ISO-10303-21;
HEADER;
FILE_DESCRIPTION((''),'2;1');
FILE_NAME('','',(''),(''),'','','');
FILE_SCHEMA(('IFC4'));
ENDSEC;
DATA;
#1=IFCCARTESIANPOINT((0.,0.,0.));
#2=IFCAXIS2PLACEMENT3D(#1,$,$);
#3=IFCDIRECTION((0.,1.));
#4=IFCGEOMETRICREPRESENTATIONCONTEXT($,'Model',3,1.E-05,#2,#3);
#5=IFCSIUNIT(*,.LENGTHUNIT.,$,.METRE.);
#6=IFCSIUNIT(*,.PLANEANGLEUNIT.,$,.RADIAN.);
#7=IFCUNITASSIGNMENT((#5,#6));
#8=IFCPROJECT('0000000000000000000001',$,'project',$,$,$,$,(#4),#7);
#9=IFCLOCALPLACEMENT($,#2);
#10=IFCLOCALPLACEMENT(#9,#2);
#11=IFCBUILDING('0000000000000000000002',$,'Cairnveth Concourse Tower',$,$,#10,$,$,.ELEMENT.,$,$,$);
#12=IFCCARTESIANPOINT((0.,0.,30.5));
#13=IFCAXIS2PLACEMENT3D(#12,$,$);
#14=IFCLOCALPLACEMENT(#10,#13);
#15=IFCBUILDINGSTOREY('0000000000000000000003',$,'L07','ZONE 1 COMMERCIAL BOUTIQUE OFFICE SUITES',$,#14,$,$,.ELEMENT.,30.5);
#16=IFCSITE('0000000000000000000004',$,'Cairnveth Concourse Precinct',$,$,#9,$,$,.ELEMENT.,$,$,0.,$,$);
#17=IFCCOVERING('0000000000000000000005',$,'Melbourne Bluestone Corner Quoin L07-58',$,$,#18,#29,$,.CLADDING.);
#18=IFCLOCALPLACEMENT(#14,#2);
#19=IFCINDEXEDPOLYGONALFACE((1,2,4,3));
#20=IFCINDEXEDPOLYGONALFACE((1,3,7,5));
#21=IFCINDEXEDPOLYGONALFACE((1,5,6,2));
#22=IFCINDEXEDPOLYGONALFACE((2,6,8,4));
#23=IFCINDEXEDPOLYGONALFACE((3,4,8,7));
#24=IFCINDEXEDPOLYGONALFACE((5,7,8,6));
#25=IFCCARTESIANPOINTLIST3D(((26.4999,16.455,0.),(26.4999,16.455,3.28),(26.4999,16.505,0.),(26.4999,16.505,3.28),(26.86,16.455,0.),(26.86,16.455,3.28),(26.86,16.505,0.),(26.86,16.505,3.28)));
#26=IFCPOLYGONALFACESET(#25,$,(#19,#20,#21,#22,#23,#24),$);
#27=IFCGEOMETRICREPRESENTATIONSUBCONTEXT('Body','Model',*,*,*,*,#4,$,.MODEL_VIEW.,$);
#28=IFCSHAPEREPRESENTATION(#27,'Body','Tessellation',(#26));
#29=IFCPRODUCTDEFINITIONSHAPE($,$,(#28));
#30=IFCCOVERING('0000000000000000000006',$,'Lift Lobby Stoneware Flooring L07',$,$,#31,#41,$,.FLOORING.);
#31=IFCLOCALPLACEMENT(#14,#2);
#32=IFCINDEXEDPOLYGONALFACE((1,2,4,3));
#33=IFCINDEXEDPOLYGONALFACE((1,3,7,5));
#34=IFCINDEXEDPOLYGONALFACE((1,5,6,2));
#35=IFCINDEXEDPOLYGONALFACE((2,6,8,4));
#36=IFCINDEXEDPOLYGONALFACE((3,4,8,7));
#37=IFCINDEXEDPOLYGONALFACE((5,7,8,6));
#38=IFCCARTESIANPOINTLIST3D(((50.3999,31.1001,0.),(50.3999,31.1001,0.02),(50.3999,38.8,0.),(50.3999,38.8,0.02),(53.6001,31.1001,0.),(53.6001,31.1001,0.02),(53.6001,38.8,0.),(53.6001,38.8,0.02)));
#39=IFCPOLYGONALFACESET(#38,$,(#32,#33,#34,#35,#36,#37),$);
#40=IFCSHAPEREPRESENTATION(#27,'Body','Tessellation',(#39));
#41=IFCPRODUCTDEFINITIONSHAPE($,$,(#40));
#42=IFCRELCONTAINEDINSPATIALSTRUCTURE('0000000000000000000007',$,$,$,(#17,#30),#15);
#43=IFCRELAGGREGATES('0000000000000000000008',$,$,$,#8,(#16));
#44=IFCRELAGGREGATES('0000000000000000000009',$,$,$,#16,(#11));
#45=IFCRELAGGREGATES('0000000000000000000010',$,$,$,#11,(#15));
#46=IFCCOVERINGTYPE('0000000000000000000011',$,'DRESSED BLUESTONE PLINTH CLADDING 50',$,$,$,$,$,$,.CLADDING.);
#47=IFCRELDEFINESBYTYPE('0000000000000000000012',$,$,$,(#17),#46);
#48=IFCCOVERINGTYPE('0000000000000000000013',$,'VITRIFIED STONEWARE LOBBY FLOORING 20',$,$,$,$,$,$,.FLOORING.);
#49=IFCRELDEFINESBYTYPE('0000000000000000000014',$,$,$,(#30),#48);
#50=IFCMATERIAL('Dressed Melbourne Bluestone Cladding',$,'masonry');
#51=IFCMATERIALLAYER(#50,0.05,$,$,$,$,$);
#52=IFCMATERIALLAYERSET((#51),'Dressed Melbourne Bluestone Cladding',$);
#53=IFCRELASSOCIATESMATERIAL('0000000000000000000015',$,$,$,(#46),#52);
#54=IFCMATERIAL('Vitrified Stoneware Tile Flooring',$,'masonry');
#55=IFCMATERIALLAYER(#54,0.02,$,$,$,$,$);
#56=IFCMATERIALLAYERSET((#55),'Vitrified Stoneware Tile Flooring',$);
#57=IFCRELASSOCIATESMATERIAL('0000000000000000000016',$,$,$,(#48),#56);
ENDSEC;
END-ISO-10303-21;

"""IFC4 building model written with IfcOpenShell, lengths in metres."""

from ifc_helpers import new_model, si_unit, direction, frame, frame_2d, origin, place, context, subcontext, project, spatial, polyline, rectangle, outline, extrude, material, layer, layer_set, type_object, element, save


model = new_model("IFC4")

# Units and contexts
model_context = context("Model", 3, precision=1e-05, world=origin(), true_north=direction((0.0, 1.0)))
body_context = subcontext(model_context, "Body", "Model", "MODEL_VIEW")
ifc_project = project(units=[si_unit("LENGTHUNIT", "METRE"), si_unit("PLANEANGLEUNIT", "RADIAN")], contexts=[model_context])

# Site, building, storey
site_placement = place(None, origin())
site = spatial("IfcSite", under=ifc_project, at=site_placement, Name="Cairnveth Concourse Precinct", CompositionType="ELEMENT", RefElevation=0.0)
building_placement = place(site_placement, origin())
building = spatial("IfcBuilding", under=site, at=building_placement, Name="Cairnveth Concourse Tower", CompositionType="ELEMENT")
storey_placement = place(building_placement, frame((0.0, 0.0, 30.5)))
storey = spatial("IfcBuildingStorey", under=building, at=storey_placement, Name="L07", Description="ZONE 1 COMMERCIAL BOUTIQUE OFFICE SUITES", CompositionType="ELEMENT", Elevation=30.5)

# Coverings
ifc_material_1 = material(Name="Dressed Melbourne Bluestone Cladding", Category="masonry")
ifc_layer_1 = layer(ifc_material_1, 0.05)
ifc_layer_set_1 = layer_set([ifc_layer_1], Name="Dressed Melbourne Bluestone Cladding")
covering_type_1 = type_object("IfcCoveringType", Name="DRESSED BLUESTONE PLINTH CLADDING 50", PredefinedType="CLADDING", material=ifc_layer_set_1)
covering_1_placement = place(storey_placement, frame((26.8601, 16.48, 0.0), z_axis=(0.0, 0.0, 1.0), x_axis=(-1.0, 0.0, 0.0)))
element("IfcCovering", 1, at=covering_1_placement, inside=storey, type_object=covering_type_1, Name="Melbourne Bluestone Corner Quoin L07-58", PredefinedType="CLADDING", context=body_context, shape_type="SweptSolid", body=[
    extrude(rectangle(XDim=0.3601, YDim=0.05, at=frame_2d((0.1802, 0.0))), origin(), (0.0, 0.0, 1.0), 3.28),
])
ifc_material_2 = material(Name="Vitrified Stoneware Tile Flooring", Category="masonry")
ifc_layer_2 = layer(ifc_material_2, 0.02)
ifc_layer_set_2 = layer_set([ifc_layer_2], Name="Vitrified Stoneware Tile Flooring")
covering_type_2 = type_object("IfcCoveringType", Name="VITRIFIED STONEWARE LOBBY FLOORING 20", PredefinedType="FLOORING", material=ifc_layer_set_2)
covering_2_placement = place(storey_placement, origin())
element("IfcCovering", 2, at=covering_2_placement, inside=storey, type_object=covering_type_2, Name="Lift Lobby Stoneware Flooring L07", PredefinedType="FLOORING", context=body_context, shape_type="SweptSolid", body=[
    extrude(outline(polyline([(50.3999, 31.1001), (53.6001, 31.1001), (53.6001, 38.8), (50.3999, 38.8), (50.3999, 31.1001)])), origin(), (0.0, 0.0, 1.0), 0.02),
])

save(model, "model.ifc")
